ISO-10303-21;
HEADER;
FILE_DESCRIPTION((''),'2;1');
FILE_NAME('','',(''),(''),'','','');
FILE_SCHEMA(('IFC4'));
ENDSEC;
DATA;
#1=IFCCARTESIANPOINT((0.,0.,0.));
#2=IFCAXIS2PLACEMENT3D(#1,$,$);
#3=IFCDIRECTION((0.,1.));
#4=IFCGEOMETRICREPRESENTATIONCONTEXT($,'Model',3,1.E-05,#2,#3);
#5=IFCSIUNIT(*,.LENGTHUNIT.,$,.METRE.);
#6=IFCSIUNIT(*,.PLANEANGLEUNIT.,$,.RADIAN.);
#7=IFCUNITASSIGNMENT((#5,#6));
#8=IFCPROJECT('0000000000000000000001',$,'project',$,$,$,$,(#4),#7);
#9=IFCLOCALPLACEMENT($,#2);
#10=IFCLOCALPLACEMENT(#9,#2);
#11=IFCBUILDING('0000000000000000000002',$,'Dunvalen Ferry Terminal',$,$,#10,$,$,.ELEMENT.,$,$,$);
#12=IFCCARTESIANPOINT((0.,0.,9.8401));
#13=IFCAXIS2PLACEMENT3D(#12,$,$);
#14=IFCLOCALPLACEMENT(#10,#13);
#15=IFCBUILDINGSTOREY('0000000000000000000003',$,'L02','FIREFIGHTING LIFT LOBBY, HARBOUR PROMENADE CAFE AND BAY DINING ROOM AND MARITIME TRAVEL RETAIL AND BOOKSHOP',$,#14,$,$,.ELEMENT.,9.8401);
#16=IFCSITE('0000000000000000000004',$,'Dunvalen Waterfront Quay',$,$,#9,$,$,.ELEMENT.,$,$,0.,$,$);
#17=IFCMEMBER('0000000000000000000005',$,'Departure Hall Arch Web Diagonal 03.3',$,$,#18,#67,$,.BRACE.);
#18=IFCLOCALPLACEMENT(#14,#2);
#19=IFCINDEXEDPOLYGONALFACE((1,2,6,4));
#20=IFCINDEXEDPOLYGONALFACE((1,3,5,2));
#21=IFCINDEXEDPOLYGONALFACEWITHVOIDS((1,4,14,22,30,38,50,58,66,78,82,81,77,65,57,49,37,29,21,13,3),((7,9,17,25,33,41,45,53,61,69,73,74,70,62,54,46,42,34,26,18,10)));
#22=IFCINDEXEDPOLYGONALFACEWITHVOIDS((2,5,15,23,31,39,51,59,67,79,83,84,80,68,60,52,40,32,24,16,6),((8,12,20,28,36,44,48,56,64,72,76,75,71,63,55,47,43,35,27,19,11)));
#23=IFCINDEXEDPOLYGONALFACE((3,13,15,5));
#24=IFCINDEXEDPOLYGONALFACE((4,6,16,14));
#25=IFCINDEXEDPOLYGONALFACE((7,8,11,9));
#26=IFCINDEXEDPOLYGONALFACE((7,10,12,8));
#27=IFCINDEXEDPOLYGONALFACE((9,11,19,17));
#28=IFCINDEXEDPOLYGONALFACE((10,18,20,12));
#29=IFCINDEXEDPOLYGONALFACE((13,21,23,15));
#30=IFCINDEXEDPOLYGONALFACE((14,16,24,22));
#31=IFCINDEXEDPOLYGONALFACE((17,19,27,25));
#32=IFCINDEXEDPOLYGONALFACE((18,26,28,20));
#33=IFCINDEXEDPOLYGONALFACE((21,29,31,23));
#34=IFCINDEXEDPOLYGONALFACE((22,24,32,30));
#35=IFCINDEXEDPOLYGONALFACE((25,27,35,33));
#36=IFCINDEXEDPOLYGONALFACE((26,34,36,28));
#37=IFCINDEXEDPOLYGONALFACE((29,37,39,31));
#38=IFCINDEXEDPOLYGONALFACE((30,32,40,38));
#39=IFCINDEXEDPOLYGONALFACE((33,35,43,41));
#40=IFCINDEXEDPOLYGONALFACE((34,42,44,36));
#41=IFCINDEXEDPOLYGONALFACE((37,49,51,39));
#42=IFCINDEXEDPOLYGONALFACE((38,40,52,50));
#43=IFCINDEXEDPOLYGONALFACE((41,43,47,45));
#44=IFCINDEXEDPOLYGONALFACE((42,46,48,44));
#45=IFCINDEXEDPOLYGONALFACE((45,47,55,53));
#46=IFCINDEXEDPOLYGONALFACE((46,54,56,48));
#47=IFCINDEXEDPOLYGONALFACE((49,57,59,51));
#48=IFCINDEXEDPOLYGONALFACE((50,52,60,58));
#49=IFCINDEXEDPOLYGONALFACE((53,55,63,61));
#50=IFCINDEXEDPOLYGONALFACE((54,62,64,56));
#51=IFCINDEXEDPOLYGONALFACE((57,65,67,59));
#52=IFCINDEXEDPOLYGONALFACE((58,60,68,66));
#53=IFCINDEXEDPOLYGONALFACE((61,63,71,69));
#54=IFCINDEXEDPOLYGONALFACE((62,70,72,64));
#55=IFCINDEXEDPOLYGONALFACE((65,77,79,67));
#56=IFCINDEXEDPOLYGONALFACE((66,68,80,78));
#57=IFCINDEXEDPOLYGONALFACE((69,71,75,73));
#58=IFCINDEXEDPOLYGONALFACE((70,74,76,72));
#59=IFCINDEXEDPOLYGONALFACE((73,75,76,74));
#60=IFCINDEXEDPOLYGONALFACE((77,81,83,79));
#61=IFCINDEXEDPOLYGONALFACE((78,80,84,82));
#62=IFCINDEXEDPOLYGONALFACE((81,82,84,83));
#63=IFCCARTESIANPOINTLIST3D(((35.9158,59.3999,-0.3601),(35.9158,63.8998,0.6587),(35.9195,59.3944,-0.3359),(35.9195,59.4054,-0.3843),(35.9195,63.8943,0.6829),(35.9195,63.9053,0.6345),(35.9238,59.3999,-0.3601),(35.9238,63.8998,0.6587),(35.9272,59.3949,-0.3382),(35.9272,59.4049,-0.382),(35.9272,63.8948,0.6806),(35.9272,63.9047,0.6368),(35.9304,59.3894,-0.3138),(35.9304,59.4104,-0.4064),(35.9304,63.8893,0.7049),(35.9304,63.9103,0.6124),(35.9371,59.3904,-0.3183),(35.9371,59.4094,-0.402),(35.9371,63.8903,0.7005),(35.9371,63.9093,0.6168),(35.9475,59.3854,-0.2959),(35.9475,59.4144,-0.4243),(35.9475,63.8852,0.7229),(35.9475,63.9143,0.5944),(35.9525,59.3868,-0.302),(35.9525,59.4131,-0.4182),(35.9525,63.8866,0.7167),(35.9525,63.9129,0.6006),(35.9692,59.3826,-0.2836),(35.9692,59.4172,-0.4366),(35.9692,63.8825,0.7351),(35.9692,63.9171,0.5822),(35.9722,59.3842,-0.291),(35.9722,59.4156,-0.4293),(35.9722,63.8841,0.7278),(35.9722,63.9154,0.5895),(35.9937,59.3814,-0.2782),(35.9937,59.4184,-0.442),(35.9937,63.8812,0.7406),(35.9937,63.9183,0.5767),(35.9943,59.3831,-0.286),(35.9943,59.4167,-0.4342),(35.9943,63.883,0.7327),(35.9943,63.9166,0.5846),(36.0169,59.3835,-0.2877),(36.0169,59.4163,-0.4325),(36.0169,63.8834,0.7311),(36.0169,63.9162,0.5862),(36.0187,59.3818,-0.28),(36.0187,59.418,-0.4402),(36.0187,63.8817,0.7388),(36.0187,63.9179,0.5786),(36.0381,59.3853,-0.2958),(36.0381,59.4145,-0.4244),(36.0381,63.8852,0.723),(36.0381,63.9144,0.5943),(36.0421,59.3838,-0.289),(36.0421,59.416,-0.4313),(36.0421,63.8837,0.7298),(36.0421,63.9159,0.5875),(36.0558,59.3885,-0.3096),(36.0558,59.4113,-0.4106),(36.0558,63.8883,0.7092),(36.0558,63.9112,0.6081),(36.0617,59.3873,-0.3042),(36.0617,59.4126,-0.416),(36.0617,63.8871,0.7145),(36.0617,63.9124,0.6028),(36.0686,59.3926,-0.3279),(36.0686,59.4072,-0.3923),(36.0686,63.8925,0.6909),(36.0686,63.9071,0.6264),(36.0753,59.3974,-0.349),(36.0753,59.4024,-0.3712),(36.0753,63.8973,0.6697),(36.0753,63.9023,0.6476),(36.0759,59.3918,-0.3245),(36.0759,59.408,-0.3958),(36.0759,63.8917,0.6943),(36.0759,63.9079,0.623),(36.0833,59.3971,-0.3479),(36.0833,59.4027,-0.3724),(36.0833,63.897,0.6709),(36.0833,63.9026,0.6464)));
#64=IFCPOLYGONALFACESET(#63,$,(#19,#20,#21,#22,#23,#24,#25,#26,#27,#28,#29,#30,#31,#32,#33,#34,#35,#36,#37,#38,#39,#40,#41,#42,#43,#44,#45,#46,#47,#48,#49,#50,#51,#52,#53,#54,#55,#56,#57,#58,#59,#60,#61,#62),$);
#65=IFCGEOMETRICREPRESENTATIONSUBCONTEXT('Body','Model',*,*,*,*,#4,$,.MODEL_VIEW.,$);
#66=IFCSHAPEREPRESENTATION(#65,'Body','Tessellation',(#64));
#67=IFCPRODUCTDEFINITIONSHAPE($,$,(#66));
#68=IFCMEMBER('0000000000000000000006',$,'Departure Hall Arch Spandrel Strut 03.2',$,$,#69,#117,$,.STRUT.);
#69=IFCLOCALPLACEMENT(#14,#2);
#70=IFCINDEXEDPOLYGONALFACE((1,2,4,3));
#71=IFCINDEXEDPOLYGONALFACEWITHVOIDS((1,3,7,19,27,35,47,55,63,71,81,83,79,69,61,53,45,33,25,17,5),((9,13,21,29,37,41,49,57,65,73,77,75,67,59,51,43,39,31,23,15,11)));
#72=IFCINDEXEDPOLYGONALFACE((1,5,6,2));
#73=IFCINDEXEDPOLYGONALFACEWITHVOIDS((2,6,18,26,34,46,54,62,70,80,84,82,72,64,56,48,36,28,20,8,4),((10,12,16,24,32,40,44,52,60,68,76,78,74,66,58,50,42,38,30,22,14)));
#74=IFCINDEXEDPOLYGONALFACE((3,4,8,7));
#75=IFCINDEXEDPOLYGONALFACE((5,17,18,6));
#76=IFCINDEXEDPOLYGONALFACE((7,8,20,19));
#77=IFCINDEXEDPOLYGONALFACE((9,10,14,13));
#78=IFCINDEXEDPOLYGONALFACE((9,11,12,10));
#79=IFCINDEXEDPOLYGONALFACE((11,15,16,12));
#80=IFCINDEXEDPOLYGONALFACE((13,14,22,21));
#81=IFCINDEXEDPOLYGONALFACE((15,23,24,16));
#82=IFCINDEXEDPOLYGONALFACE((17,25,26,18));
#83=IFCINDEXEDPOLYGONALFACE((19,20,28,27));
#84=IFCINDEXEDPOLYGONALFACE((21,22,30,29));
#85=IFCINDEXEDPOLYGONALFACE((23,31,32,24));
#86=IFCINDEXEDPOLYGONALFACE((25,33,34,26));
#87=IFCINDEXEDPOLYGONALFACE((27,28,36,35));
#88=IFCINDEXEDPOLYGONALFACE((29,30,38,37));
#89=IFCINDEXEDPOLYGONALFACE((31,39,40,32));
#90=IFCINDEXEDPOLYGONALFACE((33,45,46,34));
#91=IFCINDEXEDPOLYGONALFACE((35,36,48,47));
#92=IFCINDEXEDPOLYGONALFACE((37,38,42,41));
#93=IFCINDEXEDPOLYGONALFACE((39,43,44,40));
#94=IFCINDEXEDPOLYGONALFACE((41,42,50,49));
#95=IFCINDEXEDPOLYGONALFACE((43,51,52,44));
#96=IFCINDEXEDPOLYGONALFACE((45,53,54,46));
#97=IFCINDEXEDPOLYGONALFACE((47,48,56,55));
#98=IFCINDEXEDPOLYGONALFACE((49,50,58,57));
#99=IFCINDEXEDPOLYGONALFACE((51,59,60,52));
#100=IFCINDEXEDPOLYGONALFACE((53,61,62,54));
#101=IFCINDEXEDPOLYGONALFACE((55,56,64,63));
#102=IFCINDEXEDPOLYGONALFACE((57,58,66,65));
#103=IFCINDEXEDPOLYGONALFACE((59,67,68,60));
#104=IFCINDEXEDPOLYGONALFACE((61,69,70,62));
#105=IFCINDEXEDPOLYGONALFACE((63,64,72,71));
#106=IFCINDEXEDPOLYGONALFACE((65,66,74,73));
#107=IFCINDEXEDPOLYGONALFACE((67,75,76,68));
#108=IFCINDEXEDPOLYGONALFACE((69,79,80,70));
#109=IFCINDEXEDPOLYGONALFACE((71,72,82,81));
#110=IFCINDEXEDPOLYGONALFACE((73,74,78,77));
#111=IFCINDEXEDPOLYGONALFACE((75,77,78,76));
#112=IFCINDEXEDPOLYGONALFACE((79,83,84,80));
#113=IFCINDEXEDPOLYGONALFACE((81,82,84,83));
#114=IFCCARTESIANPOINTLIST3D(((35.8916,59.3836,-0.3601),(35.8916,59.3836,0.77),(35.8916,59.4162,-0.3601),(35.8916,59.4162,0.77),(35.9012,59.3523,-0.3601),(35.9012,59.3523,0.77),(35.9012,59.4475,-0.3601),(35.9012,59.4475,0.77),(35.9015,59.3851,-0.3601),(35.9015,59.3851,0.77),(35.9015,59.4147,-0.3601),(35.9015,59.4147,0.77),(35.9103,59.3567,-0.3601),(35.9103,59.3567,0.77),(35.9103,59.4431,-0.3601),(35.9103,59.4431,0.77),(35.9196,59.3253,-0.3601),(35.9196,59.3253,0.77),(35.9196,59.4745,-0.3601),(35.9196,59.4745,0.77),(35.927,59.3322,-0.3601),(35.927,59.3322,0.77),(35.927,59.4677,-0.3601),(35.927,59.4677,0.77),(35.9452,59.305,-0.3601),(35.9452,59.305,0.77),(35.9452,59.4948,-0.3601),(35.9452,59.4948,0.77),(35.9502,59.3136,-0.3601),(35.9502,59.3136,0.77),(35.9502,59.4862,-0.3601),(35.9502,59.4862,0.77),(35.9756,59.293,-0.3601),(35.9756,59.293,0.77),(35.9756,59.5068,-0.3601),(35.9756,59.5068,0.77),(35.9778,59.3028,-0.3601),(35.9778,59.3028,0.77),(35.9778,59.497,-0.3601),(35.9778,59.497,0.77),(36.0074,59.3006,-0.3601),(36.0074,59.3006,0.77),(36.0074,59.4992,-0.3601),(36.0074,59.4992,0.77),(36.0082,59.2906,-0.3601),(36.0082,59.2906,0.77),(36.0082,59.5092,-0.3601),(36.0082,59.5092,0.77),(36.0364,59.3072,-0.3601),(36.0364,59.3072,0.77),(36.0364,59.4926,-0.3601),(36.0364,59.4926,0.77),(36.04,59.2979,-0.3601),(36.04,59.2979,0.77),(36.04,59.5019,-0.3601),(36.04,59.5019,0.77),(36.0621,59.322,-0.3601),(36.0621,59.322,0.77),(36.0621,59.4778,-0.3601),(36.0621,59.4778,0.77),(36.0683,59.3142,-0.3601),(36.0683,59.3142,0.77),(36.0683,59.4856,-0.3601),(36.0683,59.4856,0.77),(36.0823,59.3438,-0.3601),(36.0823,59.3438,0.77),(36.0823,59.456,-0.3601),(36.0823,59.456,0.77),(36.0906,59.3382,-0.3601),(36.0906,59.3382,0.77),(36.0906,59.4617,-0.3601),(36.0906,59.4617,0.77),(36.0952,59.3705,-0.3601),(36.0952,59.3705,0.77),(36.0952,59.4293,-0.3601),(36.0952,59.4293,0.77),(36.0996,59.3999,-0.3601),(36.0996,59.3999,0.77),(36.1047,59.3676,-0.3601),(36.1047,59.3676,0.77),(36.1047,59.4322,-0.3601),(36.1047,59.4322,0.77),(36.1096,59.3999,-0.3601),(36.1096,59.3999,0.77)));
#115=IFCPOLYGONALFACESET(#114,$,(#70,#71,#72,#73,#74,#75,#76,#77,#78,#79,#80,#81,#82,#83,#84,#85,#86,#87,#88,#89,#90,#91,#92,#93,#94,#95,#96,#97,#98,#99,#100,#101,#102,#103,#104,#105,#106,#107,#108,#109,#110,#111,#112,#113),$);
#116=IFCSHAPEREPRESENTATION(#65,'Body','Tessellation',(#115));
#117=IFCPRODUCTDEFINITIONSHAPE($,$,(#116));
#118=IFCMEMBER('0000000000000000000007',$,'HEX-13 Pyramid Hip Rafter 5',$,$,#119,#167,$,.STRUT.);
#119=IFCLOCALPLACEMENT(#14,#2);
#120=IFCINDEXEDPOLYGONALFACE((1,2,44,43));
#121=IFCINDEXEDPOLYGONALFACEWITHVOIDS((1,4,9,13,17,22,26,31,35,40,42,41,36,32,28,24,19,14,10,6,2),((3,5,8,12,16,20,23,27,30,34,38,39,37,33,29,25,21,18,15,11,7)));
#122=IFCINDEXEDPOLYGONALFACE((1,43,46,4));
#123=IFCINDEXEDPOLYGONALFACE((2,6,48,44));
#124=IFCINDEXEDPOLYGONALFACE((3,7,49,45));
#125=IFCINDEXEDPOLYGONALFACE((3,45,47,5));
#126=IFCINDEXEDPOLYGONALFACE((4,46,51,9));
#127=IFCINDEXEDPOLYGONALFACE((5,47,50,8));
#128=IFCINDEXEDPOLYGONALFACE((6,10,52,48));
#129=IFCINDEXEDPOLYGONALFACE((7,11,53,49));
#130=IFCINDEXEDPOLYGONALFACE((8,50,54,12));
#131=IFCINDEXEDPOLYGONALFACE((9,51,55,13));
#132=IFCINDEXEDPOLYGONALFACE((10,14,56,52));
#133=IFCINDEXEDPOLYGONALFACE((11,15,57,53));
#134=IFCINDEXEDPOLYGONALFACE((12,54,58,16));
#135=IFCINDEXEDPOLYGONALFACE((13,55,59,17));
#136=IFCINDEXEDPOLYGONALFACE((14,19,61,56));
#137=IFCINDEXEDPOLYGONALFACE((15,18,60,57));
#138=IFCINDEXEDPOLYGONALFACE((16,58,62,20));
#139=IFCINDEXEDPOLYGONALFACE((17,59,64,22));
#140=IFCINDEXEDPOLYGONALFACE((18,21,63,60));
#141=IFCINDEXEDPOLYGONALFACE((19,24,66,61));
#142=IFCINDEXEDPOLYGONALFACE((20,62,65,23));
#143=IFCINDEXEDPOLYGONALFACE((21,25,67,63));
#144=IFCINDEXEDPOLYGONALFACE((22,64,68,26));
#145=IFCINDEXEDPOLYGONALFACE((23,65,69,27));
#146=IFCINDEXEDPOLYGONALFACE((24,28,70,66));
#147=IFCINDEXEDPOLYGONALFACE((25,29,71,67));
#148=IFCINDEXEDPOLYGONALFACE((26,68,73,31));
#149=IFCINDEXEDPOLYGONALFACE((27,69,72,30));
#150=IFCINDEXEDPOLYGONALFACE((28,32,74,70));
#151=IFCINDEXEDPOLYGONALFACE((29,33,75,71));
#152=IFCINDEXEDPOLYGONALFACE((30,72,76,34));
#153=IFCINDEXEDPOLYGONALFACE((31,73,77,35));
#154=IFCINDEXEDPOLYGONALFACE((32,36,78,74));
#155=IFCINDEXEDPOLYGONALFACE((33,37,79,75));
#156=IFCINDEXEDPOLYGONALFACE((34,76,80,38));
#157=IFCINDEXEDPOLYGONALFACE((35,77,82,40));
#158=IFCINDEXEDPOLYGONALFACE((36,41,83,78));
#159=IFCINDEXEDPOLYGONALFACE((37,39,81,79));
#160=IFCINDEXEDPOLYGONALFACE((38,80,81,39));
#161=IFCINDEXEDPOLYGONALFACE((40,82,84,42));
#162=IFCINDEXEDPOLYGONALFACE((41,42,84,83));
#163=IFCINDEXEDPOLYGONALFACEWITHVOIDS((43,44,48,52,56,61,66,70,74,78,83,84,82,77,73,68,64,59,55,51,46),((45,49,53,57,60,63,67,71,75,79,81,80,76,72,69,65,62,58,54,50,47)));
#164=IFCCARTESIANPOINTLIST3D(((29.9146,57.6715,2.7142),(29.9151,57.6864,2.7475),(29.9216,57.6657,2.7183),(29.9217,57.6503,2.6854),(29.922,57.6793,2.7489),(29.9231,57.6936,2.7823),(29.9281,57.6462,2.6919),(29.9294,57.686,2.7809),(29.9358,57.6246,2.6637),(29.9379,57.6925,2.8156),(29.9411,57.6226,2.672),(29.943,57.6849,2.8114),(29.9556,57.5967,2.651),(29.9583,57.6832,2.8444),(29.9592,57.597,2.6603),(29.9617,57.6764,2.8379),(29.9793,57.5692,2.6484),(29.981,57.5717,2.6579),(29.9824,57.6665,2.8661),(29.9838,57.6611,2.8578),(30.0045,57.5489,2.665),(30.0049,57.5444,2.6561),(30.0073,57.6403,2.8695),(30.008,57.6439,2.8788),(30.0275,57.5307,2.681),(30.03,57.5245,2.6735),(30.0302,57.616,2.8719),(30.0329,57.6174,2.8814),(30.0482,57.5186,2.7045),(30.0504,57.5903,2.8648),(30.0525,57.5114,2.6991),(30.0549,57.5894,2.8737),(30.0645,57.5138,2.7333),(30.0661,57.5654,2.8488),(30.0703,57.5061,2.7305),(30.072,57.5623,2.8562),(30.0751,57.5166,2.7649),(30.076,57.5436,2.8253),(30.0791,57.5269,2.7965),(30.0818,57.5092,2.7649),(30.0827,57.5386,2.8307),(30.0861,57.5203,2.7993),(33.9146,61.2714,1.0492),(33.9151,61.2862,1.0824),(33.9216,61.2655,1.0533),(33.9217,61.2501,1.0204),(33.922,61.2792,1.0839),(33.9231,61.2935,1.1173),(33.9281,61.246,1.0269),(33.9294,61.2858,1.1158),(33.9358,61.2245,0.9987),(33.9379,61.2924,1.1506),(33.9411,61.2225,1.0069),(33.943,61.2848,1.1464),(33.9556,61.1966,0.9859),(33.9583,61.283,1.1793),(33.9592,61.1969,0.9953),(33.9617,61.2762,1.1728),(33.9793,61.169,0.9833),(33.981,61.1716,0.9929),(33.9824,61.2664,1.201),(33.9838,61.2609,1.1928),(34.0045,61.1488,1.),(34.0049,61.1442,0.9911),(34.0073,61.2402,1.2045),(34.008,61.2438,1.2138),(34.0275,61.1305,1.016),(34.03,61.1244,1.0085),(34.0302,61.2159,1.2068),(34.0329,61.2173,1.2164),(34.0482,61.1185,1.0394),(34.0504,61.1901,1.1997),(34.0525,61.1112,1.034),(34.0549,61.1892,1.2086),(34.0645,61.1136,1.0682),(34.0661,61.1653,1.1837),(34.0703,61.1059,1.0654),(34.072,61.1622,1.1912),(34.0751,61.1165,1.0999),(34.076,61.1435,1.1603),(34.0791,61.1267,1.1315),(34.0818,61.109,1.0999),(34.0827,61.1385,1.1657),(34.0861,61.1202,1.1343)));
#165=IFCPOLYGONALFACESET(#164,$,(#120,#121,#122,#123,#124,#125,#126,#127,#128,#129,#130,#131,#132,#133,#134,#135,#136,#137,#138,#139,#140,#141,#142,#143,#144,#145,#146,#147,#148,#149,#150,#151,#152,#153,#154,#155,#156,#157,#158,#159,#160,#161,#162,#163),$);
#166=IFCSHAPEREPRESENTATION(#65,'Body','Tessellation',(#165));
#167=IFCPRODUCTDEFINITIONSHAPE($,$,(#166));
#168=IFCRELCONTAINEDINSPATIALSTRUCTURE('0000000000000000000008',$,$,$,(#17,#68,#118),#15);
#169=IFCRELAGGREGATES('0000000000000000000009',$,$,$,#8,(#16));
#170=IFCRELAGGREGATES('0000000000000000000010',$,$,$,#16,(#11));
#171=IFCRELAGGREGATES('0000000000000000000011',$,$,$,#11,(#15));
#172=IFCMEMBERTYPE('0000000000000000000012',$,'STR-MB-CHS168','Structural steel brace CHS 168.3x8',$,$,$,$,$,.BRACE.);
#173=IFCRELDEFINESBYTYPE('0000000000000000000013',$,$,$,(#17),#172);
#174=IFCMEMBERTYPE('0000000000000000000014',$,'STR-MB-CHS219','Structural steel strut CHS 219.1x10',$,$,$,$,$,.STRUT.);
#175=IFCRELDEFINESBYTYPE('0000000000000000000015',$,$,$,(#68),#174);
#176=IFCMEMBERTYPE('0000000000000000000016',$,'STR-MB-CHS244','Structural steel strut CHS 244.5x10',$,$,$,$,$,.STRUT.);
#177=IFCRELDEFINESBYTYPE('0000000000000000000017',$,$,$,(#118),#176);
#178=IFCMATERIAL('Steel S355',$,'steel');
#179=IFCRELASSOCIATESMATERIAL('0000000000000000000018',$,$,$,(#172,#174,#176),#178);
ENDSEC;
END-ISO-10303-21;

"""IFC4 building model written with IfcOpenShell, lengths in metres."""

from ifc_helpers import new_model, si_unit, direction, frame, origin, origin_2d, place, context, subcontext, project, spatial, hollow_circle, extrude, material, material_profile, profile_set, type_object, element, save


model = new_model("IFC4")

# Units and contexts
model_context = context("Model", 3, precision=1e-05, world=origin(), true_north=direction((0.0, 1.0)))
body_context = subcontext(model_context, "Body", "Model", "MODEL_VIEW")
ifc_project = project(units=[si_unit("LENGTHUNIT", "METRE"), si_unit("PLANEANGLEUNIT", "RADIAN")], contexts=[model_context])

# Site, building, storey
site_placement = place(None, origin())
site = spatial("IfcSite", under=ifc_project, at=site_placement, Name="Dunvalen Waterfront Quay", CompositionType="ELEMENT", RefElevation=0.0)
building_placement = place(site_placement, origin())
building = spatial("IfcBuilding", under=site, at=building_placement, Name="Dunvalen Ferry Terminal", CompositionType="ELEMENT")
storey_placement = place(building_placement, frame((0.0, 0.0, 9.8401)))
storey = spatial("IfcBuildingStorey", under=building, at=storey_placement, Name="L02", Description="FIREFIGHTING LIFT LOBBY, HARBOUR PROMENADE CAFE AND BAY DINING ROOM AND MARITIME TRAVEL RETAIL AND BOOKSHOP", CompositionType="ELEMENT", Elevation=9.8401)

# Shared definitions
ifc_material_1 = material(Name="Steel S355", Category="steel")

# Members
ifc_material_profile_1 = material_profile(ifc_material_1, hollow_circle(Radius=0.0842, WallThickness=0.0081, at=origin_2d()), Name="Steel S355")
ifc_profile_set_1 = profile_set([ifc_material_profile_1], Name="Steel S355")
member_type_1 = type_object("IfcMemberType", Name="STR-MB-CHS168", Description="Structural steel brace CHS 168.3x8", PredefinedType="BRACE", material=ifc_profile_set_1)
member_1_placement = place(storey_placement, frame((36.0, 59.3999, -0.3601), z_axis=(0.0, 0.975317, 0.220811), x_axis=(-1.0, 0.0, 0.0)))
element("IfcMember", 1, at=member_1_placement, inside=storey, type_object=member_type_1, Name="Departure Hall Arch Web Diagonal 03.3", PredefinedType="BRACE", context=body_context, shape_type="SweptSolid", body=[
    extrude(hollow_circle(Radius=0.0842, WallThickness=0.0081, at=origin_2d()), origin(), (0.0, 0.0, 1.0), 4.6138),
])
ifc_material_profile_2 = material_profile(ifc_material_1, hollow_circle(Radius=0.1096, WallThickness=0.01, at=origin_2d()), Name="Steel S355")
ifc_profile_set_2 = profile_set([ifc_material_profile_2], Name="Steel S355")
member_type_2 = type_object("IfcMemberType", Name="STR-MB-CHS219", Description="Structural steel strut CHS 219.1x10", PredefinedType="STRUT", material=ifc_profile_set_2)
member_2_placement = place(storey_placement, frame((36.0, 59.3999, -0.3601), z_axis=(0.0, 0.0, 1.0), x_axis=(1.0, 0.0, 0.0)))
element("IfcMember", 2, at=member_2_placement, inside=storey, type_object=member_type_2, Name="Departure Hall Arch Spandrel Strut 03.2", PredefinedType="STRUT", context=body_context, shape_type="SweptSolid", body=[
    extrude(hollow_circle(Radius=0.1096, WallThickness=0.01, at=origin_2d()), origin(), (0.0, 0.0, 1.0), 1.1301),
])
ifc_material_profile_3 = material_profile(ifc_material_1, hollow_circle(Radius=0.1223, WallThickness=0.01, at=origin_2d()), Name="Steel S355")
ifc_profile_set_3 = profile_set([ifc_material_profile_3], Name="Steel S355")
member_type_3 = type_object("IfcMemberType", Name="STR-MB-CHS244", Description="Structural steel strut CHS 244.5x10", PredefinedType="STRUT", material=ifc_profile_set_3)
member_3_placement = place(storey_placement, frame((34.0, 61.2, 1.0999), z_axis=(-0.710094, -0.639059, 0.295584), x_axis=(0.66895, -0.743308, 0.0)))
element("IfcMember", 3, at=member_3_placement, inside=storey, type_object=member_type_3, Name="HEX-13 Pyramid Hip Rafter 5", PredefinedType="STRUT", context=body_context, shape_type="SweptSolid", body=[
    extrude(hollow_circle(Radius=0.1223, WallThickness=0.01, at=origin_2d()), origin(), (0.0, 0.0, 1.0), 5.6331),
])

save(model, "model.ifc")
